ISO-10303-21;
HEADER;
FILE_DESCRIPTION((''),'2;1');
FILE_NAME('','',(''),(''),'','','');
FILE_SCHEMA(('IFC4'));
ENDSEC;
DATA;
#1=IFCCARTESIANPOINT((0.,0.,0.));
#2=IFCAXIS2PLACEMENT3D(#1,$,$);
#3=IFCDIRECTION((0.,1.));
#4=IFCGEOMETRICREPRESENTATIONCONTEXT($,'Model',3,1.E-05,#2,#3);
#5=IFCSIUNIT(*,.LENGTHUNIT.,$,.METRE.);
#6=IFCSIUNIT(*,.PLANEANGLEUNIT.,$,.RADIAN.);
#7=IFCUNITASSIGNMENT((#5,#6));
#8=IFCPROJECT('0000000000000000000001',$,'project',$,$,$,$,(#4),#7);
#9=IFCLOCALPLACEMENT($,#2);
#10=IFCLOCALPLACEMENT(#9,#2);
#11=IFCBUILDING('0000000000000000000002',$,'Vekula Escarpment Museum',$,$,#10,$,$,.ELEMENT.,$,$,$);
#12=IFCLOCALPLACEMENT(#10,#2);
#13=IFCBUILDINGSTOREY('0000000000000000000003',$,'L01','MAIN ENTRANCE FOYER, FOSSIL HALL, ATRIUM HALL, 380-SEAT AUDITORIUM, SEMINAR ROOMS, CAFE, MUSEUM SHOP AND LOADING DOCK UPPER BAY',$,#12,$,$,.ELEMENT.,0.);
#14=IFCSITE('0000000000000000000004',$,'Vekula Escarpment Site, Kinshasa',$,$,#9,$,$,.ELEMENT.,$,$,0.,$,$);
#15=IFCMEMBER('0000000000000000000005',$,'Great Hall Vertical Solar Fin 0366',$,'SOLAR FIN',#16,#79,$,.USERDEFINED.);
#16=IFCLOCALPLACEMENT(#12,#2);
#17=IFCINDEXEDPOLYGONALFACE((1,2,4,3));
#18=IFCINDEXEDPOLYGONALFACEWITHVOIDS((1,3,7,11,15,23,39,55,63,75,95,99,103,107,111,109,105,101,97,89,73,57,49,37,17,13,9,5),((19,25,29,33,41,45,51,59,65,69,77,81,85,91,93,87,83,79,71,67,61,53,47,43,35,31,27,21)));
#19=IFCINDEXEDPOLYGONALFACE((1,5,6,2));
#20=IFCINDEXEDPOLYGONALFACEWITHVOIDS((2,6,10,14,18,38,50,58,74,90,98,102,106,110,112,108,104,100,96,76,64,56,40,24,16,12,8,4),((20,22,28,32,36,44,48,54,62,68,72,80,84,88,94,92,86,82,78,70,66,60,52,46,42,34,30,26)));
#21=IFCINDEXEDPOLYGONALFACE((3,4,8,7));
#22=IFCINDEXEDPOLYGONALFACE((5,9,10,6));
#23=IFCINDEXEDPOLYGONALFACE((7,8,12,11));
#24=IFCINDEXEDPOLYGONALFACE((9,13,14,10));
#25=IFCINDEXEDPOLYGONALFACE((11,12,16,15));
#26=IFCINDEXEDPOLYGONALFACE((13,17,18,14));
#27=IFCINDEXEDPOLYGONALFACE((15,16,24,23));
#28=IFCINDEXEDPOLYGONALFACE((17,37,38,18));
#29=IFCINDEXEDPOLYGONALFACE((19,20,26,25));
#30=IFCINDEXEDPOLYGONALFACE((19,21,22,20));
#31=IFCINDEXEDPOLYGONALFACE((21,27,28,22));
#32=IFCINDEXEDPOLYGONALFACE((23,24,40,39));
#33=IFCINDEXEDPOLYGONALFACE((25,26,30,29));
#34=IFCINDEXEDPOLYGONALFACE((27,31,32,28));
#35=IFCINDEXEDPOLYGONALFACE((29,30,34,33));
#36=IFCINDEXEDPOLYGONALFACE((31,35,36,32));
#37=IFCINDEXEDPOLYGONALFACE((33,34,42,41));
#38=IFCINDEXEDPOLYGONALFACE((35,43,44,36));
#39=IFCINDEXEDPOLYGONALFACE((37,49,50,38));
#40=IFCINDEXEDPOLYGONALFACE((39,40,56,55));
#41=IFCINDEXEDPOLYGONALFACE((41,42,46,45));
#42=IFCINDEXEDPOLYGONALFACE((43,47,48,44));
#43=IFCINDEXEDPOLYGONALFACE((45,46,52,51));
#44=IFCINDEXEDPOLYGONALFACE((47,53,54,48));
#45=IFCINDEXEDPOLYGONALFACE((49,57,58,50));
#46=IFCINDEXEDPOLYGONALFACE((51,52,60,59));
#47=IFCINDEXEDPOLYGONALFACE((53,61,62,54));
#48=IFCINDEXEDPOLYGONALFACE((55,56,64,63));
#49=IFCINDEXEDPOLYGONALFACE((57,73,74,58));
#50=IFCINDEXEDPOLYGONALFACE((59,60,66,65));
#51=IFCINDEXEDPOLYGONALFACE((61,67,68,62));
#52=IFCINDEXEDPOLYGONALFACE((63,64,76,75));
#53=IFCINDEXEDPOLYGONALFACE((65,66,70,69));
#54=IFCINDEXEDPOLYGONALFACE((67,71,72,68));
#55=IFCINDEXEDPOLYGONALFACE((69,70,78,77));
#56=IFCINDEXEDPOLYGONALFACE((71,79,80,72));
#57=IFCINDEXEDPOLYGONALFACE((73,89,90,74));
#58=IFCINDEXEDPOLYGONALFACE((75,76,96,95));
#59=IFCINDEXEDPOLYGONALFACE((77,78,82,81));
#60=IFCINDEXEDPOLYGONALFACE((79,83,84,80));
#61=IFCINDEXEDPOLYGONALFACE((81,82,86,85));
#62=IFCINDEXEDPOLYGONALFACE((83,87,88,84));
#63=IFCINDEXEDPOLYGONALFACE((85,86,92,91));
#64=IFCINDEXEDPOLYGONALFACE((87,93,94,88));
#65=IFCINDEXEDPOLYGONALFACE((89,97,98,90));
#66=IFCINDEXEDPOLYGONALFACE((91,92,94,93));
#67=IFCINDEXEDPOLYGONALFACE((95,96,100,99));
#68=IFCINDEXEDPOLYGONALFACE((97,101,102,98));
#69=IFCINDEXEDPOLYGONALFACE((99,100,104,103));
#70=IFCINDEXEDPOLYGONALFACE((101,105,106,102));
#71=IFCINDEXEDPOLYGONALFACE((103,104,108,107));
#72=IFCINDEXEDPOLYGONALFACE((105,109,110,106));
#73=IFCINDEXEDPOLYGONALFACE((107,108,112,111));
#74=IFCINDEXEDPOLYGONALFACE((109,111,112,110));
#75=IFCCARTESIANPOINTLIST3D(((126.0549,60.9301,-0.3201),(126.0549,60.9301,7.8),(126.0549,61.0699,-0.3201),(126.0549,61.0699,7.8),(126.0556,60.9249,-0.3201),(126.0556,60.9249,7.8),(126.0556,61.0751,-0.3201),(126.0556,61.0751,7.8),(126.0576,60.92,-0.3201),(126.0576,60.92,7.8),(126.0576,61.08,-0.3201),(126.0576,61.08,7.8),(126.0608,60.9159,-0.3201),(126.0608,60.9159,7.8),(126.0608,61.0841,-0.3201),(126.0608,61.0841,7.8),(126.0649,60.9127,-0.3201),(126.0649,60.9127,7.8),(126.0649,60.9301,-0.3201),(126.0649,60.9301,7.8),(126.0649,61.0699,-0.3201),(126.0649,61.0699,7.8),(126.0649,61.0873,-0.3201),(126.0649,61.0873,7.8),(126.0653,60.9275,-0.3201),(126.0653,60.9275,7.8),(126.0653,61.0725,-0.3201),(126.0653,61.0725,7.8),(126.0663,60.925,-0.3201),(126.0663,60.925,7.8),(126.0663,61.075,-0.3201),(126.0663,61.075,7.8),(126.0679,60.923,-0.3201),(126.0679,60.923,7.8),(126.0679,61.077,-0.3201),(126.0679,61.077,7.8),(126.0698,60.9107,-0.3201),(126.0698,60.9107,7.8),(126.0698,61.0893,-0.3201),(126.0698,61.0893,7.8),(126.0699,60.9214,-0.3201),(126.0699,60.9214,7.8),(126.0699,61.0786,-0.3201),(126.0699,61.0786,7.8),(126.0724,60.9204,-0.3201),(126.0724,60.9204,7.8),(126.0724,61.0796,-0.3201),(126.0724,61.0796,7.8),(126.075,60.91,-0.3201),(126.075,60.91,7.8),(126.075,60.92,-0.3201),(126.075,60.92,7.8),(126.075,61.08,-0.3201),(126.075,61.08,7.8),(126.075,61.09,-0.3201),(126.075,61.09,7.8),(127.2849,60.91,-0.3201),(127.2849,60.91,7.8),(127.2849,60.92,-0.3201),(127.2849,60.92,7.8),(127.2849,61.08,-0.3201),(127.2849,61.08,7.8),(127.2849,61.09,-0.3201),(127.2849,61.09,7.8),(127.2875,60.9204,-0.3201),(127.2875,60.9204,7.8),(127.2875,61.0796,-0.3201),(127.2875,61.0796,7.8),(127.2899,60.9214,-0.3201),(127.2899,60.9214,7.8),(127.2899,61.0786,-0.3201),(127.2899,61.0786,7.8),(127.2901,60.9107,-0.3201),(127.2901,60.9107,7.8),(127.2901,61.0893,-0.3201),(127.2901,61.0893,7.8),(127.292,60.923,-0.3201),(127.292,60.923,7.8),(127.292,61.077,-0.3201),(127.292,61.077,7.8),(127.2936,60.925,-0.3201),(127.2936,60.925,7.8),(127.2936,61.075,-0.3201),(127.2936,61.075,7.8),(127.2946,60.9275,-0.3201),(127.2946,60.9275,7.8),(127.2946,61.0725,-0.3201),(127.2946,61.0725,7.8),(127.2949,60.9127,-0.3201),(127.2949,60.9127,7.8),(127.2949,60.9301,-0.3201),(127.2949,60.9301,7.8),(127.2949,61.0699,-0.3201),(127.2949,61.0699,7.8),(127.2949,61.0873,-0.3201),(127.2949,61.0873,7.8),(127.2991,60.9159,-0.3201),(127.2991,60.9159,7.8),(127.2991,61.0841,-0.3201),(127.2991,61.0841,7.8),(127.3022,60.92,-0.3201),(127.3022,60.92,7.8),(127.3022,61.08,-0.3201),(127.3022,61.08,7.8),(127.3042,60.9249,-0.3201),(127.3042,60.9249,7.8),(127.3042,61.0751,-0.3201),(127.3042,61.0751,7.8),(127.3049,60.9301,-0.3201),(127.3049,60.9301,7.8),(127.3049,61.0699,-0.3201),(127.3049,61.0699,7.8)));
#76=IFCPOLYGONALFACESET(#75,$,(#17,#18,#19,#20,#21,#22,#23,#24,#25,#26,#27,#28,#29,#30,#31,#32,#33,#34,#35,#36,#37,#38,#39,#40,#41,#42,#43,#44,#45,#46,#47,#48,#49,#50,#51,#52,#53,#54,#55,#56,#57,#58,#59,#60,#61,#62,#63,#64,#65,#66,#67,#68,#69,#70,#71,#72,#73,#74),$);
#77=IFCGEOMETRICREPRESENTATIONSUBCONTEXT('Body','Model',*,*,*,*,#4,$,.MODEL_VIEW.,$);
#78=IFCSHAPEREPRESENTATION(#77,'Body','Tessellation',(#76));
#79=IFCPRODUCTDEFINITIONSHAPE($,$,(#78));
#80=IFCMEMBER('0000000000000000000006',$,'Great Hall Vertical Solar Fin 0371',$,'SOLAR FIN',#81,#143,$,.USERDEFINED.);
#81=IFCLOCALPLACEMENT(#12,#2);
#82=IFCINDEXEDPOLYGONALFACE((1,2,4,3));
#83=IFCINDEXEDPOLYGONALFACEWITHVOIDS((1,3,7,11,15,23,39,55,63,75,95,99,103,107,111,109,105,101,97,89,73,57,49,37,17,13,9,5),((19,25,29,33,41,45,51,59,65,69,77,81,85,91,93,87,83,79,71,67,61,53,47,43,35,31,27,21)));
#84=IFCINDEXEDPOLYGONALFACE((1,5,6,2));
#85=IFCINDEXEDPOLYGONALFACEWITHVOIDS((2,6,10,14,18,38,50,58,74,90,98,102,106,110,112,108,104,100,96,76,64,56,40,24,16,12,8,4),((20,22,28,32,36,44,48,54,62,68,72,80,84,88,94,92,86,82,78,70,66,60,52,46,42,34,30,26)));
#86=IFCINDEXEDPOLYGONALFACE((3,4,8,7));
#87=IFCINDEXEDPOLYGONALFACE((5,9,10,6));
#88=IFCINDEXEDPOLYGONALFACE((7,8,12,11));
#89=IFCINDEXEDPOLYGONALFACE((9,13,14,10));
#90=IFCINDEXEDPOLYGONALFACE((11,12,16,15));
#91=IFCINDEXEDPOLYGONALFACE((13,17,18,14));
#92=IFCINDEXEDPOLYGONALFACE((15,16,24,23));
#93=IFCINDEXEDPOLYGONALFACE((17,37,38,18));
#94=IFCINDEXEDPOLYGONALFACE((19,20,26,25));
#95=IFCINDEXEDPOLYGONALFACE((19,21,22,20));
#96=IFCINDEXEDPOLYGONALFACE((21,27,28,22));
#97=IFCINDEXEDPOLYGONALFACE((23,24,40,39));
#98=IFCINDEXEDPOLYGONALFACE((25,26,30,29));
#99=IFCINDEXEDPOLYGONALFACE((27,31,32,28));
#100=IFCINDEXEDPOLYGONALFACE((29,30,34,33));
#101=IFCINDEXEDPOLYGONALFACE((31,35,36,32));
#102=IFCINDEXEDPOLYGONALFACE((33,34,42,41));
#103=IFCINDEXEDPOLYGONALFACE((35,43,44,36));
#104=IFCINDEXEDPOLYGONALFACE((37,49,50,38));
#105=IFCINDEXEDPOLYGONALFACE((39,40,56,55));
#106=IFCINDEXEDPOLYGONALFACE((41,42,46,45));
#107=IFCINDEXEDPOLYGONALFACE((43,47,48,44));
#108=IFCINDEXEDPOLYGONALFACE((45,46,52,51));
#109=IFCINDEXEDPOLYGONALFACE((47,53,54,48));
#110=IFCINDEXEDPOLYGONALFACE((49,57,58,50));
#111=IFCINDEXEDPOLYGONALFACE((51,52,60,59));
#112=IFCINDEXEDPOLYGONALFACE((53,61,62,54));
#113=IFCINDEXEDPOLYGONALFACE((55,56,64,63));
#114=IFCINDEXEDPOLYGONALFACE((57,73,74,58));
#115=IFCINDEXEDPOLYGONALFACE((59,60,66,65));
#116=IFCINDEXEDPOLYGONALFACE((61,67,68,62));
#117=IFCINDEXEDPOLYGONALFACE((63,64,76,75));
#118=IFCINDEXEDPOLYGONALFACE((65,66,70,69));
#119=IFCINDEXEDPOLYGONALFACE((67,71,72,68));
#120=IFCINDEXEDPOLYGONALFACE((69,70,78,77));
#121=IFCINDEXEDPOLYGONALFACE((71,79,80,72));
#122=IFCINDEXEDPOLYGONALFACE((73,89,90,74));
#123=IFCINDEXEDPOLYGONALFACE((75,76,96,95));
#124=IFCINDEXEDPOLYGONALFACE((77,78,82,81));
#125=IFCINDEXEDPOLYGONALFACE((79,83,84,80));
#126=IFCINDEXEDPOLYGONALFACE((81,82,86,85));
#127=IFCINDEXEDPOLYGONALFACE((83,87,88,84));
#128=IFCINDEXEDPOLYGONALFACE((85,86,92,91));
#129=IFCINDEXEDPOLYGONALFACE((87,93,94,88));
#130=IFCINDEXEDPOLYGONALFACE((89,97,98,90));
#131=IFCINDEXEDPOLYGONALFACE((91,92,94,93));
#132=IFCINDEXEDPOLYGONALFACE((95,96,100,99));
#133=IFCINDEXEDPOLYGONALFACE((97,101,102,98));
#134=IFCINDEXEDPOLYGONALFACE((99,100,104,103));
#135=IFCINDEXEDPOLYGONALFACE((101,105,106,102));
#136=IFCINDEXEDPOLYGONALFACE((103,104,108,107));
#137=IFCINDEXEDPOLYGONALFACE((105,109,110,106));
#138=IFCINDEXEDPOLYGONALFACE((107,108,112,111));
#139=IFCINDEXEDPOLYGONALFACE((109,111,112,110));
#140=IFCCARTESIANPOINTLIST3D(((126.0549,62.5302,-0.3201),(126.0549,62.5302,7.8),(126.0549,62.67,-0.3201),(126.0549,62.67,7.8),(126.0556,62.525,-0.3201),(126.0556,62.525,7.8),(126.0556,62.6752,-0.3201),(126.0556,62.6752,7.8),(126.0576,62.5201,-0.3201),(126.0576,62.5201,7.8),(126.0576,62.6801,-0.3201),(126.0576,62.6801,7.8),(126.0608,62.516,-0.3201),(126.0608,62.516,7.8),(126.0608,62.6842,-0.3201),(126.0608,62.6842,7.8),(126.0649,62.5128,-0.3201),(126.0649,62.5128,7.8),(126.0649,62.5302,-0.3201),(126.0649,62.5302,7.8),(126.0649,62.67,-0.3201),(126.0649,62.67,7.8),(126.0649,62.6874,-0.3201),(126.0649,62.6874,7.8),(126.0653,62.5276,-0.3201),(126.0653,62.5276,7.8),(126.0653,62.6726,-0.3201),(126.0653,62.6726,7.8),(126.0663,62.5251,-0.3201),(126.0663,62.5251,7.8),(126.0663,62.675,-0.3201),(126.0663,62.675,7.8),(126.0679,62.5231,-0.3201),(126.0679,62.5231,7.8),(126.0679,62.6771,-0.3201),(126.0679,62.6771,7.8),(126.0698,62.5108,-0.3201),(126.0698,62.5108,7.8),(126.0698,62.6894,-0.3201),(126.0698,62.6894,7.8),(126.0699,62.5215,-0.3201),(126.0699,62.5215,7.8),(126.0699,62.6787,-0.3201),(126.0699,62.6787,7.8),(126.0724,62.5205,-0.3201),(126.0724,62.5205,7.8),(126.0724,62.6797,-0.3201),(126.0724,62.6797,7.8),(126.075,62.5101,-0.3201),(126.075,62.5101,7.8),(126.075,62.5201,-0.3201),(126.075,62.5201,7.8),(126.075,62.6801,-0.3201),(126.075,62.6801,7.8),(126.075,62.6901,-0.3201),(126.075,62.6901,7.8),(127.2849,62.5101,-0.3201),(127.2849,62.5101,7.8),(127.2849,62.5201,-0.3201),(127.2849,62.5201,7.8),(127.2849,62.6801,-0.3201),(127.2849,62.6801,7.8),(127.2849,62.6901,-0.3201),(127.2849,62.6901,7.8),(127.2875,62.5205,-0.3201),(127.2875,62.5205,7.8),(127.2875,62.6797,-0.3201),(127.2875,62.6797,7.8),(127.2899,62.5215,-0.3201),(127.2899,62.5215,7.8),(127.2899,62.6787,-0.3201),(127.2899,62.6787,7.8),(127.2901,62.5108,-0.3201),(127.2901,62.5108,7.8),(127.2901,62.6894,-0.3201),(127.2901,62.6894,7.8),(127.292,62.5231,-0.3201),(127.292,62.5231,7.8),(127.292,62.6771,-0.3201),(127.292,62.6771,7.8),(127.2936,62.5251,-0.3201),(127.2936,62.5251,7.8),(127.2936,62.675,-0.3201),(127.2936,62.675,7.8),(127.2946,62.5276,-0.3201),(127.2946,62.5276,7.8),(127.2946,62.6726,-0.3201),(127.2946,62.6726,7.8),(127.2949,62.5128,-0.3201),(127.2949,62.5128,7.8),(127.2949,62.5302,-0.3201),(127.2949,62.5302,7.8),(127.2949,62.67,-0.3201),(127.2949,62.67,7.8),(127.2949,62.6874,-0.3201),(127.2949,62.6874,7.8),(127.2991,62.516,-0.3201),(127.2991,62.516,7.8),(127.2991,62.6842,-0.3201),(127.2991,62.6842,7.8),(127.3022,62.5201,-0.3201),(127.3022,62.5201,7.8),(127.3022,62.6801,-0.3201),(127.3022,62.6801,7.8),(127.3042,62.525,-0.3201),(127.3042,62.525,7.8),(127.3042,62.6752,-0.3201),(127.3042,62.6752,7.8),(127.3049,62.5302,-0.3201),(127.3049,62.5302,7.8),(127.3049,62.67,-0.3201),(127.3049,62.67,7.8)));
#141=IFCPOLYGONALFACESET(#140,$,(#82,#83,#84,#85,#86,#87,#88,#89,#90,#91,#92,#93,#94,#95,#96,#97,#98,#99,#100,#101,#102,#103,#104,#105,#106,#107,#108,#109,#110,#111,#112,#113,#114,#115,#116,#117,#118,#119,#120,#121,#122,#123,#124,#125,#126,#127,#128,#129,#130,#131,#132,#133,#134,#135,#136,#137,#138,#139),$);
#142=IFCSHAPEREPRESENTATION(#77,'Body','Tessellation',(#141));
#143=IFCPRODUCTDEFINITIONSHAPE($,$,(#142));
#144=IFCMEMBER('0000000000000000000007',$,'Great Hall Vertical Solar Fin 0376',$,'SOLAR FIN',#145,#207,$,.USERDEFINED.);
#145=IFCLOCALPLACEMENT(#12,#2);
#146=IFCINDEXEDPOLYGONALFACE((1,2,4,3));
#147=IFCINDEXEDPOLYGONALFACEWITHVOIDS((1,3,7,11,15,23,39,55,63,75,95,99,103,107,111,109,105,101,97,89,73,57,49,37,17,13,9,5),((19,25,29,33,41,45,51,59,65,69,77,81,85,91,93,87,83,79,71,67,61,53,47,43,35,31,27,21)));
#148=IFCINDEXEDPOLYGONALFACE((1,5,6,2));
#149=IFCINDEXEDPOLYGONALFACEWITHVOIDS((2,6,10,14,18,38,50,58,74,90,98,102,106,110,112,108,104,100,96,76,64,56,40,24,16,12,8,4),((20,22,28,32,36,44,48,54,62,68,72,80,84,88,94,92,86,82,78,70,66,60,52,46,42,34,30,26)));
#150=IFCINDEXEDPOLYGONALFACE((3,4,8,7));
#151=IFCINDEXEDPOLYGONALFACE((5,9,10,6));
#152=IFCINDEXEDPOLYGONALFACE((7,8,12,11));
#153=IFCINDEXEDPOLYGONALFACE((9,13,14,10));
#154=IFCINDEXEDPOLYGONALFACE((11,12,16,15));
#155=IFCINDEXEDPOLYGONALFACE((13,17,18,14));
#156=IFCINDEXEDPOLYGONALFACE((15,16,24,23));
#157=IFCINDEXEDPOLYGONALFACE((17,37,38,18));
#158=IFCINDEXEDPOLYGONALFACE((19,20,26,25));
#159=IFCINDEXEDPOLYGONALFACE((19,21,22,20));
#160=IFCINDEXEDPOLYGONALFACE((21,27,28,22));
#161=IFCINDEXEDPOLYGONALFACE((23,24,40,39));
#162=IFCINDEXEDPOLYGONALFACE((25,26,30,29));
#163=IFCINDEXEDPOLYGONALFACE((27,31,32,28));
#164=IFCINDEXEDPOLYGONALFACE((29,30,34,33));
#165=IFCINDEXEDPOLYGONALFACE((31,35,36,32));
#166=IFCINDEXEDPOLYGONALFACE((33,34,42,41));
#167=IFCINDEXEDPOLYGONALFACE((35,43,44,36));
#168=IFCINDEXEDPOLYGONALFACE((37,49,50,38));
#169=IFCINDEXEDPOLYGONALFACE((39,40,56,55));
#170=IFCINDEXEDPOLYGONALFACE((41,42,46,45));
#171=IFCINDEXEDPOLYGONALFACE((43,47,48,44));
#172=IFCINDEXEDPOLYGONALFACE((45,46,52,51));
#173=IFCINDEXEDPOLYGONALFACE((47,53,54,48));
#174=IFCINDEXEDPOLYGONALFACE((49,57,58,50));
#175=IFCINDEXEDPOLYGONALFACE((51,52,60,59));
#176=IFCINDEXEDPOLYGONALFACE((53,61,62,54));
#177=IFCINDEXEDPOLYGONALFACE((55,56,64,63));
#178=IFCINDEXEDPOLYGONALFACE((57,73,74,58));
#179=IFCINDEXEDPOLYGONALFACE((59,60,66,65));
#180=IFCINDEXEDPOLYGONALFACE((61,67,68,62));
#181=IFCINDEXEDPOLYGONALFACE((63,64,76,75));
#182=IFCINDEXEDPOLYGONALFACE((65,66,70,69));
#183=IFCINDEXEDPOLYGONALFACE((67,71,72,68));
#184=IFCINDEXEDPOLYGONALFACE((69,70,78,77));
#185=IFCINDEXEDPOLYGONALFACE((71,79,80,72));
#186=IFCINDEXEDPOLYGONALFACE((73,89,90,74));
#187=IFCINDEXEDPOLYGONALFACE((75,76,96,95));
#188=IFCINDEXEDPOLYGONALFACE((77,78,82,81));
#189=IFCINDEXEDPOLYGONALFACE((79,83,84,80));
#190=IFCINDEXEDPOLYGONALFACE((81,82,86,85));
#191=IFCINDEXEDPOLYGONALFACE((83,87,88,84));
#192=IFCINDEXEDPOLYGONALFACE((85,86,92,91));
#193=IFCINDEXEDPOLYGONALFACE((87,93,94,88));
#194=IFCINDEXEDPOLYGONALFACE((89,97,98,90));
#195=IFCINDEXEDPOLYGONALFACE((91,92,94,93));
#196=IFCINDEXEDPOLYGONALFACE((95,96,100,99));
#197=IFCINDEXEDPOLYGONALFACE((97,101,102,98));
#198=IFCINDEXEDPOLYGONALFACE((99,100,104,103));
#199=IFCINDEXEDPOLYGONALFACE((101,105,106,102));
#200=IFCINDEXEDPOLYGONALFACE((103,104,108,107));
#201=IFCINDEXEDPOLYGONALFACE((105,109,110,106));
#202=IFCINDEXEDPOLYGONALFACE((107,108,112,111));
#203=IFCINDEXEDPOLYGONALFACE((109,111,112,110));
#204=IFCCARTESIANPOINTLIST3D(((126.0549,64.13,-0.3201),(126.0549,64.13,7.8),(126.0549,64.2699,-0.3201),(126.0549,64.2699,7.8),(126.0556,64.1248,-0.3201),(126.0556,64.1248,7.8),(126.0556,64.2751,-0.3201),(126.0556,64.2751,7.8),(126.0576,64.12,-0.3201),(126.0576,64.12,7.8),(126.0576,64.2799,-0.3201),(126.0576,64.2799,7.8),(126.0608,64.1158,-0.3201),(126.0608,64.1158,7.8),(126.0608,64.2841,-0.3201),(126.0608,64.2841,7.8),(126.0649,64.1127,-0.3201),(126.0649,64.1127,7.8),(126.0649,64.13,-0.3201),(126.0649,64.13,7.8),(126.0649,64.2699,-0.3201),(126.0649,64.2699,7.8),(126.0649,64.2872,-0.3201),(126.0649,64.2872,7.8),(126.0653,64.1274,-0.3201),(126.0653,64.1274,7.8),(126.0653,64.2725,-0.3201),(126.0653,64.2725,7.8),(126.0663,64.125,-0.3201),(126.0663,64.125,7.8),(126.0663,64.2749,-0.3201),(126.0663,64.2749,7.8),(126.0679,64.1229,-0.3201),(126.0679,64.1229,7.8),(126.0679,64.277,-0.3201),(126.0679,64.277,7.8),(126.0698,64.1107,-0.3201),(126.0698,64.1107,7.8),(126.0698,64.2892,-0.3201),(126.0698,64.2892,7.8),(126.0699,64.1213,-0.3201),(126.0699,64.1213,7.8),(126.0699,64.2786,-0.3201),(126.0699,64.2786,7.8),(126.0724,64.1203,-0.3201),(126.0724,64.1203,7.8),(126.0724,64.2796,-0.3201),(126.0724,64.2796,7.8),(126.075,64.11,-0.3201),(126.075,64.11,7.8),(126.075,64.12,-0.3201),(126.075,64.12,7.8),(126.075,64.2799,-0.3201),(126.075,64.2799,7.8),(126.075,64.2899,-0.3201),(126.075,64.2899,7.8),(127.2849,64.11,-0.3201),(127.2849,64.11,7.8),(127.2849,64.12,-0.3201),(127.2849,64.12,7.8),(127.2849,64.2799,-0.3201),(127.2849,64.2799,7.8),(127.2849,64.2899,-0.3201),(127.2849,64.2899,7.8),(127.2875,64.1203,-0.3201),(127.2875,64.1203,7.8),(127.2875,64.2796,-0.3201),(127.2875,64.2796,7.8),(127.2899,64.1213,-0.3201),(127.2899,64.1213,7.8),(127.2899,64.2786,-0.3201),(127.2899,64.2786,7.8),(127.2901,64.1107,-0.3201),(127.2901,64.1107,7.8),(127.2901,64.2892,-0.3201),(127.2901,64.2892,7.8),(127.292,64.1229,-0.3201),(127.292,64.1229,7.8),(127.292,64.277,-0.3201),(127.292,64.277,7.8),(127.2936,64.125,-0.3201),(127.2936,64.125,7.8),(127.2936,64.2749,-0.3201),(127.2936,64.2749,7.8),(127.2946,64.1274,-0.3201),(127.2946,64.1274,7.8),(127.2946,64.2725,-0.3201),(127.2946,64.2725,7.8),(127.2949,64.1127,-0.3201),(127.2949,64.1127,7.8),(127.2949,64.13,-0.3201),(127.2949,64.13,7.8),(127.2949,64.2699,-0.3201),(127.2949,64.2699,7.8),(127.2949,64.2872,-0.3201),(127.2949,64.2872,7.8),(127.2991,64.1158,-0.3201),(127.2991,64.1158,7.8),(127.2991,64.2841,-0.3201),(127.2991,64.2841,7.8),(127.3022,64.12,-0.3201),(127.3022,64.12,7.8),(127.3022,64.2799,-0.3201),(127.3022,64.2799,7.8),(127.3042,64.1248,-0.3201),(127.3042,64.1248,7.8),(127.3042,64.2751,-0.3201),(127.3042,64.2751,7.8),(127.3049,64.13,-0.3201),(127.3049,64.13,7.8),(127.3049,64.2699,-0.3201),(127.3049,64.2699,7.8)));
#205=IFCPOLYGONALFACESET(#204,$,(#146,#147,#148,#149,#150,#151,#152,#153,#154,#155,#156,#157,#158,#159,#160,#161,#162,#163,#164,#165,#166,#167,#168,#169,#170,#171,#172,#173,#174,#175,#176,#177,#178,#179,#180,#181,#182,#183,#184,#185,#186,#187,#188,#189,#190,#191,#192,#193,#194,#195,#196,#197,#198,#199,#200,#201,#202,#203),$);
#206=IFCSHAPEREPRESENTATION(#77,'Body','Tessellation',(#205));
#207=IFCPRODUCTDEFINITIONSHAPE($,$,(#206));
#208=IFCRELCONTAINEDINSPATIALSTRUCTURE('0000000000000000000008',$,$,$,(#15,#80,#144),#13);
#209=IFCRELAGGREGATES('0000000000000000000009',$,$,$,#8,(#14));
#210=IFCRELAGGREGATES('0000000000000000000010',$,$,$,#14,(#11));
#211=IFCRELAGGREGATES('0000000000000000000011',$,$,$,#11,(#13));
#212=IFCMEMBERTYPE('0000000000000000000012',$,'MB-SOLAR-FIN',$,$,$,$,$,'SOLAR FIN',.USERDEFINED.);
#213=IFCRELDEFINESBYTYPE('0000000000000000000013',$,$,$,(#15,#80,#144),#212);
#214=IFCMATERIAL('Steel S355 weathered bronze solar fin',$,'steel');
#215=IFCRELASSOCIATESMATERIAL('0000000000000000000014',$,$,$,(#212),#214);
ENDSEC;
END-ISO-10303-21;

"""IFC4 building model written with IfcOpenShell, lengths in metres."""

from ifc_helpers import new_model, si_unit, direction, frame, origin, origin_2d, place, context, subcontext, project, spatial, hollow_rectangle, extrude, material, material_profile, profile_set, type_object, element, save


model = new_model("IFC4")

# Units and contexts
model_context = context("Model", 3, precision=1e-05, world=origin(), true_north=direction((0.0, 1.0)))
body_context = subcontext(model_context, "Body", "Model", "MODEL_VIEW")
ifc_project = project(units=[si_unit("LENGTHUNIT", "METRE"), si_unit("PLANEANGLEUNIT", "RADIAN")], contexts=[model_context])

# Site, building, storey
site_placement = place(None, origin())
site = spatial("IfcSite", under=ifc_project, at=site_placement, Name="Vekula Escarpment Site, Kinshasa", CompositionType="ELEMENT", RefElevation=0.0)
building_placement = place(site_placement, origin())
building = spatial("IfcBuilding", under=site, at=building_placement, Name="Vekula Escarpment Museum", CompositionType="ELEMENT")
storey_placement = place(building_placement, origin())
storey = spatial("IfcBuildingStorey", under=building, at=storey_placement, Name="L01", Description="MAIN ENTRANCE FOYER, FOSSIL HALL, ATRIUM HALL, 380-SEAT AUDITORIUM, SEMINAR ROOMS, CAFE, MUSEUM SHOP AND LOADING DOCK UPPER BAY", CompositionType="ELEMENT", Elevation=0.0)

# Members
ifc_material_1 = material(Name="Steel S355 weathered bronze solar fin", Category="steel")
ifc_material_profile_1 = material_profile(ifc_material_1, hollow_rectangle(XDim=0.1799, YDim=1.25, WallThickness=0.01, InnerFilletRadius=0.01, OuterFilletRadius=0.02, at=origin_2d()), Name="RHS 1250x180x10")
ifc_profile_set_1 = profile_set([ifc_material_profile_1], Name="Steel S355 weathered bronze solar fin")
member_type_1 = type_object("IfcMemberType", Name="MB-SOLAR-FIN", ElementType="SOLAR FIN", PredefinedType="USERDEFINED", material=ifc_profile_set_1)
for number, where, z_axis, x_axis, name in (
    (1, (126.6799, 61.0, -0.3201), (0.0, 0.0, 1.0), (0.0, 1.0, 0.0), "Great Hall Vertical Solar Fin 0366"),
    (2, (126.6799, 62.6001, -0.3201), (0.0, 0.0, 1.0), (0.0, 1.0, 0.0), "Great Hall Vertical Solar Fin 0371"),
    (3, (126.6799, 64.2, -0.3201), (0.0, 0.0, 1.0), (0.0, 1.0, 0.0), "Great Hall Vertical Solar Fin 0376"),
):
    element("IfcMember", number, at=place(storey_placement, frame(where, z_axis=z_axis, x_axis=x_axis)), inside=storey, type_object=member_type_1, Name=name, ObjectType="SOLAR FIN", PredefinedType="USERDEFINED", context=body_context, shape_type="SweptSolid", body=[
        extrude(hollow_rectangle(XDim=0.1799, YDim=1.25, WallThickness=0.01, InnerFilletRadius=0.01, OuterFilletRadius=0.02, at=origin_2d()), origin(), (0.0, 0.0, 1.0), 8.1201),
    ])

save(model, "model.ifc")
